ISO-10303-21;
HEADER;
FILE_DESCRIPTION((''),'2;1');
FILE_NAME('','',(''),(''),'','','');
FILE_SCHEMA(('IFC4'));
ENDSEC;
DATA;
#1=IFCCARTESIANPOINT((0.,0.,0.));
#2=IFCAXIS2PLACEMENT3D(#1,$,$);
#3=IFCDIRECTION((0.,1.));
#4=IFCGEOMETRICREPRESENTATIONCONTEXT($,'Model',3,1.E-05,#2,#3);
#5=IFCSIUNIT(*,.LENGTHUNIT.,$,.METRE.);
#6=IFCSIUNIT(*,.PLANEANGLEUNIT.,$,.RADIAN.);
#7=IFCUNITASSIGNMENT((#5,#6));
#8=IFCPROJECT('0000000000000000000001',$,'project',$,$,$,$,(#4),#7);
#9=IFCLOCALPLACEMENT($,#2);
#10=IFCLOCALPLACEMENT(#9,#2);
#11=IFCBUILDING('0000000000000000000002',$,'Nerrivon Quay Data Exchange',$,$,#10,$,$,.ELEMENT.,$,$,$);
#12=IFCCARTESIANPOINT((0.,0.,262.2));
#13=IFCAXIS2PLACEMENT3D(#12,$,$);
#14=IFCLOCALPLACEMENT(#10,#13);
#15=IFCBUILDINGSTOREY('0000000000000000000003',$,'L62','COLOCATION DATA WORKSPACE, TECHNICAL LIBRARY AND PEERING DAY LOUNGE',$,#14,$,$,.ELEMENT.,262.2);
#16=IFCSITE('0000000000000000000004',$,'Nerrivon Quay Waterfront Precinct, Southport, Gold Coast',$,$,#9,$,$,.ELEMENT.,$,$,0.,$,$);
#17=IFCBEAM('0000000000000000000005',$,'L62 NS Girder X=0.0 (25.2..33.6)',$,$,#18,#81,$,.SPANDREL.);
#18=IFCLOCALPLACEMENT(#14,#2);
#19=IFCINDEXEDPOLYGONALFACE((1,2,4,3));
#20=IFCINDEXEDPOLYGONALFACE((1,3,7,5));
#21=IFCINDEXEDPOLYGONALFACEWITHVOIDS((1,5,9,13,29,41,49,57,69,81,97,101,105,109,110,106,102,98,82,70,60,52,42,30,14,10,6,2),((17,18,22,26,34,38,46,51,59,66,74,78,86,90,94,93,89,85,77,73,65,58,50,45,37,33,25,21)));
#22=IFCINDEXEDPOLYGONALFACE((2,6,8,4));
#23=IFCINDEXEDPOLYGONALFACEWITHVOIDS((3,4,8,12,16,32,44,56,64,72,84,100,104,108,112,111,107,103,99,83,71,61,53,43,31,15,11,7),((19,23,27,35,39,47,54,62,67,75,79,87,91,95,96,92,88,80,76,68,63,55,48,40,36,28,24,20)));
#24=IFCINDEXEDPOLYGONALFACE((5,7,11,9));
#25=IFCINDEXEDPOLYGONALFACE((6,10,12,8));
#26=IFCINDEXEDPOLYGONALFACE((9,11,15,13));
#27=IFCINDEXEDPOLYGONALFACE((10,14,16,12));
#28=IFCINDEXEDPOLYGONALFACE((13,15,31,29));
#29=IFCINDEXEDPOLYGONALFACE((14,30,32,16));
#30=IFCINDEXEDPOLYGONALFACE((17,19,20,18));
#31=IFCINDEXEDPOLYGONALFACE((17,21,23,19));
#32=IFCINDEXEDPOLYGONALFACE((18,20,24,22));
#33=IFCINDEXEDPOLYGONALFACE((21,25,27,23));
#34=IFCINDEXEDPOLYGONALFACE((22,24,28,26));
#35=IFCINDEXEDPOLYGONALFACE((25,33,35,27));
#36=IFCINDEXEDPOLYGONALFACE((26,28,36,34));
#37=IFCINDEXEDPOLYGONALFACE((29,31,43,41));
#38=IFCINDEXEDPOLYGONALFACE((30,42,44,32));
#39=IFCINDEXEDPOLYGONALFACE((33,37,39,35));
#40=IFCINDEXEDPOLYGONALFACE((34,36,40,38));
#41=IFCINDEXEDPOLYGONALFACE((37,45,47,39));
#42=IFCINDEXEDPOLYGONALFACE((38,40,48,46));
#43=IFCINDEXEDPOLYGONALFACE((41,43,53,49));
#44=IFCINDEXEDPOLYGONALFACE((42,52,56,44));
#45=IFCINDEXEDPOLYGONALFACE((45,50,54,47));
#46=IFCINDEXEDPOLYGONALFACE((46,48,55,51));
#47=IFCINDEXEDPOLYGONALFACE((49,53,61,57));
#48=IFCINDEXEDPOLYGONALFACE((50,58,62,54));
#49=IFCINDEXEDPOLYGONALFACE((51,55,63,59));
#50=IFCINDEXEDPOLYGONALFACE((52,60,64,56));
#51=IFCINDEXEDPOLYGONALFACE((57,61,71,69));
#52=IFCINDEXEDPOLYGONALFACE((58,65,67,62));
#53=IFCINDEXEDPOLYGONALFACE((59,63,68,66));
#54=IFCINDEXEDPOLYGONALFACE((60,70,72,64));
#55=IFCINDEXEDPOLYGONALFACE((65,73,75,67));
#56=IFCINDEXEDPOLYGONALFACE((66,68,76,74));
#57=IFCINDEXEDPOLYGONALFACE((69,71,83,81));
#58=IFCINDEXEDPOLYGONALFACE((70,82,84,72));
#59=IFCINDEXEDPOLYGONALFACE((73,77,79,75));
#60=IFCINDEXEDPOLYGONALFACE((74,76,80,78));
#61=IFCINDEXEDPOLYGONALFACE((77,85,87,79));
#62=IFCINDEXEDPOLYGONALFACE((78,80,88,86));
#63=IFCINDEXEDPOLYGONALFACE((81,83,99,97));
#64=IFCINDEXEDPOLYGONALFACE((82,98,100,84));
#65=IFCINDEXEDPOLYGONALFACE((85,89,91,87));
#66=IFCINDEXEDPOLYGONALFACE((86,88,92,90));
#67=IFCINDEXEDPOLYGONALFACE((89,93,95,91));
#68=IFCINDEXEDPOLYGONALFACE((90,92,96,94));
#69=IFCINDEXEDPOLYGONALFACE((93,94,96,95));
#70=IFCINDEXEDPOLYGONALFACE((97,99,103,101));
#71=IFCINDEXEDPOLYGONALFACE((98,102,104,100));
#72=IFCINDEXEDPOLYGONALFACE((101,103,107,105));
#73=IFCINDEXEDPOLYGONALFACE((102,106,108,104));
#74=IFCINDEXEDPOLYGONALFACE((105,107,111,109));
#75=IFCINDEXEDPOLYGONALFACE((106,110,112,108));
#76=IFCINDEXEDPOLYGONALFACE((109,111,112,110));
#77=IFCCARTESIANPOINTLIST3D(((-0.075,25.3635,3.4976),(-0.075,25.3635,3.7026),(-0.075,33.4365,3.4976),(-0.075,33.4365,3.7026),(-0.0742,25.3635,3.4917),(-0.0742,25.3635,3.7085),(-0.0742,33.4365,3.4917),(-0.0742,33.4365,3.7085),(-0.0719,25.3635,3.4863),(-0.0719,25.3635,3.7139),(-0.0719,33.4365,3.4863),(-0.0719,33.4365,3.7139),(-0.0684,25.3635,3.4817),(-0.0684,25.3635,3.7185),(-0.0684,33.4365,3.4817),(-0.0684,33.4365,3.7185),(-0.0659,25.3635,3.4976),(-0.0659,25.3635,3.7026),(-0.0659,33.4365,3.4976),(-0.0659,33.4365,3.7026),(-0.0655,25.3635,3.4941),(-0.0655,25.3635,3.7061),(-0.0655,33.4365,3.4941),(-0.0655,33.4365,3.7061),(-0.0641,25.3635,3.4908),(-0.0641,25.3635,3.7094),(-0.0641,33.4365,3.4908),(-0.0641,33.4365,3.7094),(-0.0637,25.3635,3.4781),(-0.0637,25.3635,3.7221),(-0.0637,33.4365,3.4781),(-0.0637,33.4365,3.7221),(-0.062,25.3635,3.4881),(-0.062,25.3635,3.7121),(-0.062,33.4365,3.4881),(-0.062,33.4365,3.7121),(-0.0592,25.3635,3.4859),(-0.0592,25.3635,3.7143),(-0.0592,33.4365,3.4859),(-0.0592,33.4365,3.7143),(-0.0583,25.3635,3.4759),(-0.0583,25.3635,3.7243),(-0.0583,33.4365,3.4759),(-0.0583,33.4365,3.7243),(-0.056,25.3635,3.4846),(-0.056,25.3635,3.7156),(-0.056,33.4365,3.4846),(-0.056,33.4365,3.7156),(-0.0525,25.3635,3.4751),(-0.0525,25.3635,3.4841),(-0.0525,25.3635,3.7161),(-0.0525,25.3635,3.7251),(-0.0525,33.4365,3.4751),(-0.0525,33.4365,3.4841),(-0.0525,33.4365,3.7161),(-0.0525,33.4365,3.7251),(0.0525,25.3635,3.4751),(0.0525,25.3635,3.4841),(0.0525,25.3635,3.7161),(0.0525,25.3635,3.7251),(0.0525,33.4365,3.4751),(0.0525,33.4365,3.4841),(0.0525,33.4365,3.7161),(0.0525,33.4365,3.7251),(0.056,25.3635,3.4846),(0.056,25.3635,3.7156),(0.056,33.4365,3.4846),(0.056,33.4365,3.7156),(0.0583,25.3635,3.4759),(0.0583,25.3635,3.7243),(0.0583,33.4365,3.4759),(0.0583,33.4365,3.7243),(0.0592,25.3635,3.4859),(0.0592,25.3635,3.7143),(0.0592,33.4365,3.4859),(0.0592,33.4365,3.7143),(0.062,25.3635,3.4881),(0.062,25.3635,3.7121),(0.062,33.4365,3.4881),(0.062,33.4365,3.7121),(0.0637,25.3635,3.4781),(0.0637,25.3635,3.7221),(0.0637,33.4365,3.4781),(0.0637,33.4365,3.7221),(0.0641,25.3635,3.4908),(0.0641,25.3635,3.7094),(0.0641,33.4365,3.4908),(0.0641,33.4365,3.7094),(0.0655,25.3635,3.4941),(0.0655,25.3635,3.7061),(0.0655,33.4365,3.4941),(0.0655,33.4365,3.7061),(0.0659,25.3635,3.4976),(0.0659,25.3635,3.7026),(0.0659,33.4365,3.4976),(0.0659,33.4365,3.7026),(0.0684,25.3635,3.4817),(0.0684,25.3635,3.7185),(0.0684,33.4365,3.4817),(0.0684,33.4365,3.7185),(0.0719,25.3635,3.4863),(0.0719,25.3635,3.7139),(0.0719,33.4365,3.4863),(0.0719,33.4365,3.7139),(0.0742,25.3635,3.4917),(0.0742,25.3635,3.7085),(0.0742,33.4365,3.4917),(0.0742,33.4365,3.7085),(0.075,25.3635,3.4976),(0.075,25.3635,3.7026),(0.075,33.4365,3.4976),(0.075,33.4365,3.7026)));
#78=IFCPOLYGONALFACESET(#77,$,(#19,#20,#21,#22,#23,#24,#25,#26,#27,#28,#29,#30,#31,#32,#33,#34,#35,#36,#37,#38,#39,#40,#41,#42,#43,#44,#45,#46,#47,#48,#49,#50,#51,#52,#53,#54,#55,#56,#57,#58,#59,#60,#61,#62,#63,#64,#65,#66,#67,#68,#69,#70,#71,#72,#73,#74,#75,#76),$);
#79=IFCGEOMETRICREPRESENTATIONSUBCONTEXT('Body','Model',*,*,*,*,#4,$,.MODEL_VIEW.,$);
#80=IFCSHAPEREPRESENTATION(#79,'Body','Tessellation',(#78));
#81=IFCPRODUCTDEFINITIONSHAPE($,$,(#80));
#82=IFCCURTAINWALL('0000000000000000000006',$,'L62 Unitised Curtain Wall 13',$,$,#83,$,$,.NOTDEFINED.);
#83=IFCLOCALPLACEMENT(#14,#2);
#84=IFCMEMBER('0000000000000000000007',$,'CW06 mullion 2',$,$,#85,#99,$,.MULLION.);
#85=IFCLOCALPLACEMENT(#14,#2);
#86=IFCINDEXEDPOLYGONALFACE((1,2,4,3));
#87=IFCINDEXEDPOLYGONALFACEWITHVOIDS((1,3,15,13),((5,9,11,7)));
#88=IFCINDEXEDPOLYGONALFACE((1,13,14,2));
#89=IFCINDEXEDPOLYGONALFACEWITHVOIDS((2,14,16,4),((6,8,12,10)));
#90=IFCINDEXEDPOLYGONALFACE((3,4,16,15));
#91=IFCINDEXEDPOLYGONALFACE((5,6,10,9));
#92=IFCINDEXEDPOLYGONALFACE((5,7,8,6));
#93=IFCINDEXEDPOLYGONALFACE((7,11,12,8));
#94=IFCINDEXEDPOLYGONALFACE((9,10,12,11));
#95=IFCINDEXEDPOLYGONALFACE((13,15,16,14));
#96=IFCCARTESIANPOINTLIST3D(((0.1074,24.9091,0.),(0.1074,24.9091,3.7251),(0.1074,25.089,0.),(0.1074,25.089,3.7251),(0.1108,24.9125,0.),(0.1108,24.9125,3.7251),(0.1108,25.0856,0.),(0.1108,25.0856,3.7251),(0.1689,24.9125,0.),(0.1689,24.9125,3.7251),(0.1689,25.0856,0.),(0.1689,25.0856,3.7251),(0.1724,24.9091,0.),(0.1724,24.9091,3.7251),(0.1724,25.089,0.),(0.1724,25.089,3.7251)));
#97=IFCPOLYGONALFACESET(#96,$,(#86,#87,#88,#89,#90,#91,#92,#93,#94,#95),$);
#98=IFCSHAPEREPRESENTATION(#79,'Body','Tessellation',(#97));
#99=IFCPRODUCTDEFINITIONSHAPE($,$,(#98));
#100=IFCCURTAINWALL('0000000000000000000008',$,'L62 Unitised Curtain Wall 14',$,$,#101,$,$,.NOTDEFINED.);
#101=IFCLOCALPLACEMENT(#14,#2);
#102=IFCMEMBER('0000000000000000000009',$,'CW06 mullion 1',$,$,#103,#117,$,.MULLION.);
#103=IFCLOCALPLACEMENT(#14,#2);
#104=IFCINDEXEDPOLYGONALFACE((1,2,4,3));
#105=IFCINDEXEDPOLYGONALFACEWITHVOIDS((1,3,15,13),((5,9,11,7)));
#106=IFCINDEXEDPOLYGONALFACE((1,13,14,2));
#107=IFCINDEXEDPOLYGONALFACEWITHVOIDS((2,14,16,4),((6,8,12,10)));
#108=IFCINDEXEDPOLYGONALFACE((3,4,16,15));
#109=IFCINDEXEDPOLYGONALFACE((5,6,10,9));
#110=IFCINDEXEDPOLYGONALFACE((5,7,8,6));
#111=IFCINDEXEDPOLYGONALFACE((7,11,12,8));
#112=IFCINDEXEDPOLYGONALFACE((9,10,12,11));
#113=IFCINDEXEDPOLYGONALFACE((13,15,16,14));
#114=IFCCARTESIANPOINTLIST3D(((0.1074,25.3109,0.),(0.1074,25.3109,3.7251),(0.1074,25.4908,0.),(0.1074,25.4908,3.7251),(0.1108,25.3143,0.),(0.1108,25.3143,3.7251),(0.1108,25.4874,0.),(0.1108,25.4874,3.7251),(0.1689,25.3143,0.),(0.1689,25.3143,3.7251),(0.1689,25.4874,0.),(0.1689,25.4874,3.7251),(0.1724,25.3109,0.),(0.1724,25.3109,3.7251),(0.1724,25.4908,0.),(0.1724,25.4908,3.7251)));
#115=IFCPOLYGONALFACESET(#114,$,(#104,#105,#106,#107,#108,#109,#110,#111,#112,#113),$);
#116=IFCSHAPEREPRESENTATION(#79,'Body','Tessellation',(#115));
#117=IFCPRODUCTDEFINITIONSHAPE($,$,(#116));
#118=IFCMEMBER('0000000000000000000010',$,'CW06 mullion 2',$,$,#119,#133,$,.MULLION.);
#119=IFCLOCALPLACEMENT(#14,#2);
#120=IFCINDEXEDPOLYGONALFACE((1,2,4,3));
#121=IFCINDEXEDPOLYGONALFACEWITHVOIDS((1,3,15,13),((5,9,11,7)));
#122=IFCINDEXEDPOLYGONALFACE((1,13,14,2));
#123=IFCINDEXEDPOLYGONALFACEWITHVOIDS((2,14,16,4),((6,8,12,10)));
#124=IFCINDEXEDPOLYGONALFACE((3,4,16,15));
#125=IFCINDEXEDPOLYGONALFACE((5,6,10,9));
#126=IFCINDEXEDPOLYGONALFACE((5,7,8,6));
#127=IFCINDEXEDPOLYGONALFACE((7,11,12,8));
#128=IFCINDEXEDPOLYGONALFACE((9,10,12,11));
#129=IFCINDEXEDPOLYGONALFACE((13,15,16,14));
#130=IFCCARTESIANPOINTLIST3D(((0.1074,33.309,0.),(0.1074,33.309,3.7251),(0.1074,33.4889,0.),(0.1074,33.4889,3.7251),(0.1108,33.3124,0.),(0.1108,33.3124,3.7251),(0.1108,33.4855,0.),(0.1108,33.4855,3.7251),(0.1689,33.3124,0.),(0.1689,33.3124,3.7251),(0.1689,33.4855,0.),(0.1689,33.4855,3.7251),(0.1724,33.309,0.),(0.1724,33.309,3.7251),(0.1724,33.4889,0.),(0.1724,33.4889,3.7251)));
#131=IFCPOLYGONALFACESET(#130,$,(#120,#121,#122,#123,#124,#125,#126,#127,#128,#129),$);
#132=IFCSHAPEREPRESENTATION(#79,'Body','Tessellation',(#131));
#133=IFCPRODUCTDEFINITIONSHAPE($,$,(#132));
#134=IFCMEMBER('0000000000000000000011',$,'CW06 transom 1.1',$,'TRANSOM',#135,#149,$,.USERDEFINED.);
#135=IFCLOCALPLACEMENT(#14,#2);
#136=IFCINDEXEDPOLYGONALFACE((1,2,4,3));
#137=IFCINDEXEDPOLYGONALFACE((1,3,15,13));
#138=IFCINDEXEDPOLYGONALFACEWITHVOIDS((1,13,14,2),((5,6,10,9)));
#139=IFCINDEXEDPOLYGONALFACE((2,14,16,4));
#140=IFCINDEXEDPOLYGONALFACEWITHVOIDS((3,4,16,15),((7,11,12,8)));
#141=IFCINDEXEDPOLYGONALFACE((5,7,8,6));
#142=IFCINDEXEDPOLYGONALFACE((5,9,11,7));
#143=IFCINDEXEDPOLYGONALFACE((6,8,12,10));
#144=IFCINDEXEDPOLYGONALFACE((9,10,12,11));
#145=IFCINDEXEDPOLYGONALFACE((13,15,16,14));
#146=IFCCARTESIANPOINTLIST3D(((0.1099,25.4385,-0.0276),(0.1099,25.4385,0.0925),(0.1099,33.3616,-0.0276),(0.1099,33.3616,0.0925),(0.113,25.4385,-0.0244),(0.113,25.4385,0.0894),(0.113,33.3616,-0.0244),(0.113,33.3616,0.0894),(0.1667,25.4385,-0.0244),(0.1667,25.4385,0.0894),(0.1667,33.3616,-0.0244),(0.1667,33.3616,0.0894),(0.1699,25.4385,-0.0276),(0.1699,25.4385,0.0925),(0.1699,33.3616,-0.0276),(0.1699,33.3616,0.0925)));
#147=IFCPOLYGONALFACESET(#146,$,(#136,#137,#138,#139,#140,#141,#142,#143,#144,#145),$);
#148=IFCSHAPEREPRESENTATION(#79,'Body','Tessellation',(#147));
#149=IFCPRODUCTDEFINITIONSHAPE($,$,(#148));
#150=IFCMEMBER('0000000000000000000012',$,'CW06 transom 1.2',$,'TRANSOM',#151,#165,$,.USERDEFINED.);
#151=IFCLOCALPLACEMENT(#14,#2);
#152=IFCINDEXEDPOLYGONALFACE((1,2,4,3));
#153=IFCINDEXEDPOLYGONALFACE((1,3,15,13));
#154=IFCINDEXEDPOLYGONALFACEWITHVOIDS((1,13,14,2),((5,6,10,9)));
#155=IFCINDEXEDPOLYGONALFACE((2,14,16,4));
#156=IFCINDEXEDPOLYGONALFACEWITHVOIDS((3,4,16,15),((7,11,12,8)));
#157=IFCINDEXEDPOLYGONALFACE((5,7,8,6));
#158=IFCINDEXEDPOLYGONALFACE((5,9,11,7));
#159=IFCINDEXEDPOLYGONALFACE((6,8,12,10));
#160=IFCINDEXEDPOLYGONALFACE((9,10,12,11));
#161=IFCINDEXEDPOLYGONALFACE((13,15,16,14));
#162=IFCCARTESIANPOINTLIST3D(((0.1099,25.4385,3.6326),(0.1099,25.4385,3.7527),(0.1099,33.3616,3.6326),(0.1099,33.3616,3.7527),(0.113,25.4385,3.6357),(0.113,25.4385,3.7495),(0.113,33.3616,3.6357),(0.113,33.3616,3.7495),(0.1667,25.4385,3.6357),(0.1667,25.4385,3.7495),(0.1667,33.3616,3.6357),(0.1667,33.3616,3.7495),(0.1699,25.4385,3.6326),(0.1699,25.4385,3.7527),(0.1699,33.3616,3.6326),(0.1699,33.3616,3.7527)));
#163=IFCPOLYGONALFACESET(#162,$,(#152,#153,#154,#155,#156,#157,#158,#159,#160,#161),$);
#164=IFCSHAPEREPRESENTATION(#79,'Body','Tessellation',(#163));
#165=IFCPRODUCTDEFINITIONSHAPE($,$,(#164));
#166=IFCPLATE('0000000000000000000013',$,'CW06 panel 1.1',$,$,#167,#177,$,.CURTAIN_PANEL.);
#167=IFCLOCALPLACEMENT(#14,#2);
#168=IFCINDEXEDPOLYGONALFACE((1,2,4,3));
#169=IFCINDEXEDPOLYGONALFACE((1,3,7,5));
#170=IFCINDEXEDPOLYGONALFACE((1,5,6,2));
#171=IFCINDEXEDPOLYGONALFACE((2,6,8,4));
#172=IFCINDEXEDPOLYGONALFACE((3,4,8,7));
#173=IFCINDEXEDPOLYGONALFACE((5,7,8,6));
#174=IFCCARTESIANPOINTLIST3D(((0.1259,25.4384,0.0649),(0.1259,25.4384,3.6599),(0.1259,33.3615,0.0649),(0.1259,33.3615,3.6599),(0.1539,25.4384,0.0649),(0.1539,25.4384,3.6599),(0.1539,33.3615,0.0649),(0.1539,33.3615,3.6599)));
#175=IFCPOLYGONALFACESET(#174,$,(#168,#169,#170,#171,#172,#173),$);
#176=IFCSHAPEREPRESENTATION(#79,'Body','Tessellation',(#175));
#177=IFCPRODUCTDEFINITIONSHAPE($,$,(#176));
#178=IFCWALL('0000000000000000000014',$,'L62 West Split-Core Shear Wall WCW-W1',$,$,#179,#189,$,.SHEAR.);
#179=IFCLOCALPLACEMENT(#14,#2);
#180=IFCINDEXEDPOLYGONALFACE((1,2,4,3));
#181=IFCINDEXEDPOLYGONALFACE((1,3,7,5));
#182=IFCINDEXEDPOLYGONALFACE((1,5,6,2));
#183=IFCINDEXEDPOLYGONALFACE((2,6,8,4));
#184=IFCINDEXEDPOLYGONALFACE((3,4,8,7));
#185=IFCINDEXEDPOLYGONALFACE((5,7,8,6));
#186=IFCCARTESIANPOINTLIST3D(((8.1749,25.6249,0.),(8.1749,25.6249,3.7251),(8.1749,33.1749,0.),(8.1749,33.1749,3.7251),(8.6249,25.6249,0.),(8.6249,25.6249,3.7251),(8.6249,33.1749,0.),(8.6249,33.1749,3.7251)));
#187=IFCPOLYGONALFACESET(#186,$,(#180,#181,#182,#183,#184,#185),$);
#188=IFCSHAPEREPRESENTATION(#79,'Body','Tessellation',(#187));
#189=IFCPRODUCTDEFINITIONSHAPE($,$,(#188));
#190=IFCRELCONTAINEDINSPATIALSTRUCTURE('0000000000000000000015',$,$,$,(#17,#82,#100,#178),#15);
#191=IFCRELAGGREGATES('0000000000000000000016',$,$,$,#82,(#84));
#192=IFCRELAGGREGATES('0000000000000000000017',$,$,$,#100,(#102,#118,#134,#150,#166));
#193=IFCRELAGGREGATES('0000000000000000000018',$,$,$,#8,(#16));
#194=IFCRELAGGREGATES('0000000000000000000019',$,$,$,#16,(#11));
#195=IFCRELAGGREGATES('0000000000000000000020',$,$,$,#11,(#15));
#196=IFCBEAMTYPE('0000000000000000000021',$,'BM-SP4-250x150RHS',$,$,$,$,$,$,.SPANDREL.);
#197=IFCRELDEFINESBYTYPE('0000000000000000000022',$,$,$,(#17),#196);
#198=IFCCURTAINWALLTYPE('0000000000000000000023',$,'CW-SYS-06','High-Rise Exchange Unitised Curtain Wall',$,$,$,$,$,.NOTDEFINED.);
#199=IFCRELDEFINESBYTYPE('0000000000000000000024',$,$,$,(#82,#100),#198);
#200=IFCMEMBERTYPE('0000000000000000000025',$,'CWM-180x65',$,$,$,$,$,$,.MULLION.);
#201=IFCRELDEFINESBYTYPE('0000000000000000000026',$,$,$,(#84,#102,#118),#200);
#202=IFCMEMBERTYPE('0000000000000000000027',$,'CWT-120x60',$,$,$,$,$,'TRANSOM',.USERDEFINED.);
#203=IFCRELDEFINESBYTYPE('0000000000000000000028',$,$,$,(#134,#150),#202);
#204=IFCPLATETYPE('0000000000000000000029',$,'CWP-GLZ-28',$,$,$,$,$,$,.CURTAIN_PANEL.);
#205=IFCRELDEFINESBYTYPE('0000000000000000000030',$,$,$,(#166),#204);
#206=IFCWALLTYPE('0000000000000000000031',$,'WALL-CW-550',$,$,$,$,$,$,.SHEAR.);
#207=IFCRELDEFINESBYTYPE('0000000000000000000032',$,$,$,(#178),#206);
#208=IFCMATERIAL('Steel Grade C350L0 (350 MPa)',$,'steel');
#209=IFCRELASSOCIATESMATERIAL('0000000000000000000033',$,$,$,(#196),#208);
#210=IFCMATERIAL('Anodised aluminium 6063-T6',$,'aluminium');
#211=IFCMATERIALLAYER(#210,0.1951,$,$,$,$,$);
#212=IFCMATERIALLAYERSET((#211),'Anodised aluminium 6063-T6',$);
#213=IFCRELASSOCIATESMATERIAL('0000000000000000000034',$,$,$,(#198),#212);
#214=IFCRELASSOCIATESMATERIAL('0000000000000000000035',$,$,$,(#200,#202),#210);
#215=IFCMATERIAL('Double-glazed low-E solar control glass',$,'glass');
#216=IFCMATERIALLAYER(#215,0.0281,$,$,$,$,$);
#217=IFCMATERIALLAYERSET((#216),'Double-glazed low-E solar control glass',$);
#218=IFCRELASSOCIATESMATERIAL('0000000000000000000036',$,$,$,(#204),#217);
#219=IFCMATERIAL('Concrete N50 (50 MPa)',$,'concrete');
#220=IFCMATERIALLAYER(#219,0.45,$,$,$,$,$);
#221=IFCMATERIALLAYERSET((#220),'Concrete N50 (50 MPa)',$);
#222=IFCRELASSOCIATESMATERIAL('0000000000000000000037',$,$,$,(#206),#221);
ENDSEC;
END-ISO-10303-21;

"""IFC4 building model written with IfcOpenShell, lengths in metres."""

from ifc_helpers import new_model, si_unit, direction, frame, frame_2d, origin, origin_2d, place, context, subcontext, project, spatial, rectangle, hollow_rectangle, extrude, material, layer, layer_set, material_profile, profile_set, type_object, element, aggregate, save


model = new_model("IFC4")

# Units and contexts
model_context = context("Model", 3, precision=1e-05, world=origin(), true_north=direction((0.0, 1.0)))
body_context = subcontext(model_context, "Body", "Model", "MODEL_VIEW")
ifc_project = project(units=[si_unit("LENGTHUNIT", "METRE"), si_unit("PLANEANGLEUNIT", "RADIAN")], contexts=[model_context])

# Site, building, storey
site_placement = place(None, origin())
site = spatial("IfcSite", under=ifc_project, at=site_placement, Name="Nerrivon Quay Waterfront Precinct, Southport, Gold Coast", CompositionType="ELEMENT", RefElevation=0.0)
building_placement = place(site_placement, origin())
building = spatial("IfcBuilding", under=site, at=building_placement, Name="Nerrivon Quay Data Exchange", CompositionType="ELEMENT")
storey_placement = place(building_placement, frame((0.0, 0.0, 262.2)))
storey = spatial("IfcBuildingStorey", under=building, at=storey_placement, Name="L62", Description="COLOCATION DATA WORKSPACE, TECHNICAL LIBRARY AND PEERING DAY LOUNGE", CompositionType="ELEMENT", Elevation=262.2)

# Shared definitions
ifc_material_1 = material(Name="Concrete N50 (50 MPa)", Category="concrete")

# Beam
ifc_material_2 = material(Name="Steel Grade C350L0 (350 MPa)", Category="steel")
ifc_material_profile_1 = material_profile(ifc_material_2, hollow_rectangle(XDim=0.1499, YDim=0.25, WallThickness=0.009, InnerFilletRadius=0.0134, OuterFilletRadius=0.0225, at=origin_2d()), Name="250x150x9.0RHS")
ifc_profile_set_1 = profile_set([ifc_material_profile_1], Name="Steel Grade C350L0 (350 MPa)")
beam_type_1 = type_object("IfcBeamType", Name="BM-SP4-250x150RHS", PredefinedType="SPANDREL", material=ifc_profile_set_1)
beam_1_placement = place(storey_placement, frame((0.0, 25.3635, 3.6001), z_axis=(0.0, 1.0, 0.0), x_axis=(-1.0, 0.0, 0.0)))
element("IfcBeam", 1, at=beam_1_placement, inside=storey, type_object=beam_type_1, Name="L62 NS Girder X=0.0 (25.2..33.6)", PredefinedType="SPANDREL", context=body_context, shape_type="SweptSolid", body=[
    extrude(hollow_rectangle(XDim=0.1499, YDim=0.25, WallThickness=0.009, InnerFilletRadius=0.0134, OuterFilletRadius=0.0225, at=origin_2d()), origin(), (0.0, 0.0, 1.0), 8.073),
])

# Curtain wall, member
ifc_material_3 = material(Name="Anodised aluminium 6063-T6", Category="aluminium")
ifc_layer_1 = layer(ifc_material_3, 0.1951)
ifc_layer_set_1 = layer_set([ifc_layer_1], Name="Anodised aluminium 6063-T6")
curtain_wall_type = type_object("IfcCurtainWallType", Name="CW-SYS-06", Description="High-Rise Exchange Unitised Curtain Wall", PredefinedType="NOTDEFINED", material=ifc_layer_set_1)
curtain_wall_1_placement = place(storey_placement, origin())
curtain_wall_1 = element("IfcCurtainWall", 2, at=curtain_wall_1_placement, inside=storey, type_object=curtain_wall_type, Name="L62 Unitised Curtain Wall 13", PredefinedType="NOTDEFINED")
ifc_material_profile_2 = material_profile(ifc_material_3, hollow_rectangle(XDim=0.0649, YDim=0.1799, WallThickness=0.0034, at=origin_2d()), Name="ALU-MULL-180x65")
ifc_profile_set_2 = profile_set([ifc_material_profile_2], Name="Anodised aluminium 6063-T6")
member_type_1 = type_object("IfcMemberType", Name="CWM-180x65", PredefinedType="MULLION", material=ifc_profile_set_2)
member_1_placement = place(storey_placement, frame((0.1399, 24.999, 0.0), z_axis=(0.0, 0.0, 1.0), x_axis=(-1.0, 0.0, 0.0)))
member_1 = element("IfcMember", 3, at=member_1_placement, type_object=member_type_1, Name="CW06 mullion 2", PredefinedType="MULLION", context=body_context, shape_type="SweptSolid", body=[
    extrude(hollow_rectangle(XDim=0.0649, YDim=0.1799, WallThickness=0.0034, at=origin_2d()), origin(), (0.0, 0.0, 1.0), 3.7251),
])
aggregate(curtain_wall_1, [member_1])

# Curtain wall, members, plate
curtain_wall_2_placement = place(storey_placement, origin())
curtain_wall_2 = element("IfcCurtainWall", 4, at=curtain_wall_2_placement, inside=storey, type_object=curtain_wall_type, Name="L62 Unitised Curtain Wall 14", PredefinedType="NOTDEFINED")
member_2_placement = place(storey_placement, frame((0.1399, 25.4009, 0.0), z_axis=(0.0, 0.0, 1.0), x_axis=(-1.0, 0.0, 0.0)))
member_2 = element("IfcMember", 5, at=member_2_placement, type_object=member_type_1, Name="CW06 mullion 1", PredefinedType="MULLION", context=body_context, shape_type="SweptSolid", body=[
    extrude(hollow_rectangle(XDim=0.0649, YDim=0.1799, WallThickness=0.0034, at=origin_2d()), origin(), (0.0, 0.0, 1.0), 3.7251),
])
member_3_placement = place(storey_placement, frame((0.1399, 33.3989, 0.0), z_axis=(0.0, 0.0, 1.0), x_axis=(-1.0, 0.0, 0.0)))
member_3 = element("IfcMember", 6, at=member_3_placement, type_object=member_type_1, Name="CW06 mullion 2", PredefinedType="MULLION", context=body_context, shape_type="SweptSolid", body=[
    extrude(hollow_rectangle(XDim=0.0649, YDim=0.1799, WallThickness=0.0034, at=origin_2d()), origin(), (0.0, 0.0, 1.0), 3.7251),
])
ifc_material_profile_3 = material_profile(ifc_material_3, hollow_rectangle(XDim=0.0601, YDim=0.1201, WallThickness=0.0032, at=origin_2d()), Name="ALU-TRAN-120x60")
ifc_profile_set_3 = profile_set([ifc_material_profile_3], Name="Anodised aluminium 6063-T6")
member_type_2 = type_object("IfcMemberType", Name="CWT-120x60", ElementType="TRANSOM", PredefinedType="USERDEFINED", material=ifc_profile_set_3)
member_4_placement = place(storey_placement, frame((0.1399, 25.4385, 0.0325), z_axis=(0.0, 1.0, 0.0), x_axis=(-1.0, 0.0, 0.0)))
member_4 = element("IfcMember", 7, at=member_4_placement, type_object=member_type_2, Name="CW06 transom 1.1", ObjectType="TRANSOM", PredefinedType="USERDEFINED", context=body_context, shape_type="SweptSolid", body=[
    extrude(hollow_rectangle(XDim=0.0601, YDim=0.1201, WallThickness=0.0032, at=origin_2d()), origin(), (0.0, 0.0, 1.0), 7.9231),
])
member_5_placement = place(storey_placement, frame((0.1399, 25.4385, 3.6926), z_axis=(0.0, 1.0, 0.0), x_axis=(-1.0, 0.0, 0.0)))
member_5 = element("IfcMember", 8, at=member_5_placement, type_object=member_type_2, Name="CW06 transom 1.2", ObjectType="TRANSOM", PredefinedType="USERDEFINED", context=body_context, shape_type="SweptSolid", body=[
    extrude(hollow_rectangle(XDim=0.0601, YDim=0.1201, WallThickness=0.0032, at=origin_2d()), origin(), (0.0, 0.0, 1.0), 7.9231),
])
ifc_material_4 = material(Name="Double-glazed low-E solar control glass", Category="glass")
ifc_layer_2 = layer(ifc_material_4, 0.0281)
ifc_layer_set_2 = layer_set([ifc_layer_2], Name="Double-glazed low-E solar control glass")
plate_type = type_object("IfcPlateType", Name="CWP-GLZ-28", PredefinedType="CURTAIN_PANEL", material=ifc_layer_set_2)
plate_placement = place(storey_placement, frame((0.1399, 29.3999, 0.0649), z_axis=(0.0, 0.0, 1.0), x_axis=(0.0, 1.0, 0.0)))
plate = element("IfcPlate", 9, at=plate_placement, type_object=plate_type, Name="CW06 panel 1.1", PredefinedType="CURTAIN_PANEL", context=body_context, shape_type="SweptSolid", body=[
    extrude(rectangle(XDim=7.9231, YDim=0.0281, at=origin_2d()), origin(), (0.0, 0.0, 1.0), 3.595),
])
aggregate(curtain_wall_2, [member_2, member_3, member_4, member_5, plate])

# Wall
ifc_layer_3 = layer(ifc_material_1, 0.45)
ifc_layer_set_3 = layer_set([ifc_layer_3], Name="Concrete N50 (50 MPa)")
wall_type_1 = type_object("IfcWallType", Name="WALL-CW-550", PredefinedType="SHEAR", material=ifc_layer_set_3)
wall_1_placement = place(storey_placement, frame((8.3999, 25.625, 0.0), z_axis=(0.0, 0.0, 1.0), x_axis=(0.0, 1.0, 0.0)))
element("IfcWall", 10, at=wall_1_placement, inside=storey, type_object=wall_type_1, Name="L62 West Split-Core Shear Wall WCW-W1", PredefinedType="SHEAR", context=body_context, shape_type="SweptSolid", body=[
    extrude(rectangle(XDim=7.55, YDim=0.45, at=frame_2d((3.7749, 0.0))), origin(), (0.0, 0.0, 1.0), 3.7251),
])

save(model, "model.ifc")
